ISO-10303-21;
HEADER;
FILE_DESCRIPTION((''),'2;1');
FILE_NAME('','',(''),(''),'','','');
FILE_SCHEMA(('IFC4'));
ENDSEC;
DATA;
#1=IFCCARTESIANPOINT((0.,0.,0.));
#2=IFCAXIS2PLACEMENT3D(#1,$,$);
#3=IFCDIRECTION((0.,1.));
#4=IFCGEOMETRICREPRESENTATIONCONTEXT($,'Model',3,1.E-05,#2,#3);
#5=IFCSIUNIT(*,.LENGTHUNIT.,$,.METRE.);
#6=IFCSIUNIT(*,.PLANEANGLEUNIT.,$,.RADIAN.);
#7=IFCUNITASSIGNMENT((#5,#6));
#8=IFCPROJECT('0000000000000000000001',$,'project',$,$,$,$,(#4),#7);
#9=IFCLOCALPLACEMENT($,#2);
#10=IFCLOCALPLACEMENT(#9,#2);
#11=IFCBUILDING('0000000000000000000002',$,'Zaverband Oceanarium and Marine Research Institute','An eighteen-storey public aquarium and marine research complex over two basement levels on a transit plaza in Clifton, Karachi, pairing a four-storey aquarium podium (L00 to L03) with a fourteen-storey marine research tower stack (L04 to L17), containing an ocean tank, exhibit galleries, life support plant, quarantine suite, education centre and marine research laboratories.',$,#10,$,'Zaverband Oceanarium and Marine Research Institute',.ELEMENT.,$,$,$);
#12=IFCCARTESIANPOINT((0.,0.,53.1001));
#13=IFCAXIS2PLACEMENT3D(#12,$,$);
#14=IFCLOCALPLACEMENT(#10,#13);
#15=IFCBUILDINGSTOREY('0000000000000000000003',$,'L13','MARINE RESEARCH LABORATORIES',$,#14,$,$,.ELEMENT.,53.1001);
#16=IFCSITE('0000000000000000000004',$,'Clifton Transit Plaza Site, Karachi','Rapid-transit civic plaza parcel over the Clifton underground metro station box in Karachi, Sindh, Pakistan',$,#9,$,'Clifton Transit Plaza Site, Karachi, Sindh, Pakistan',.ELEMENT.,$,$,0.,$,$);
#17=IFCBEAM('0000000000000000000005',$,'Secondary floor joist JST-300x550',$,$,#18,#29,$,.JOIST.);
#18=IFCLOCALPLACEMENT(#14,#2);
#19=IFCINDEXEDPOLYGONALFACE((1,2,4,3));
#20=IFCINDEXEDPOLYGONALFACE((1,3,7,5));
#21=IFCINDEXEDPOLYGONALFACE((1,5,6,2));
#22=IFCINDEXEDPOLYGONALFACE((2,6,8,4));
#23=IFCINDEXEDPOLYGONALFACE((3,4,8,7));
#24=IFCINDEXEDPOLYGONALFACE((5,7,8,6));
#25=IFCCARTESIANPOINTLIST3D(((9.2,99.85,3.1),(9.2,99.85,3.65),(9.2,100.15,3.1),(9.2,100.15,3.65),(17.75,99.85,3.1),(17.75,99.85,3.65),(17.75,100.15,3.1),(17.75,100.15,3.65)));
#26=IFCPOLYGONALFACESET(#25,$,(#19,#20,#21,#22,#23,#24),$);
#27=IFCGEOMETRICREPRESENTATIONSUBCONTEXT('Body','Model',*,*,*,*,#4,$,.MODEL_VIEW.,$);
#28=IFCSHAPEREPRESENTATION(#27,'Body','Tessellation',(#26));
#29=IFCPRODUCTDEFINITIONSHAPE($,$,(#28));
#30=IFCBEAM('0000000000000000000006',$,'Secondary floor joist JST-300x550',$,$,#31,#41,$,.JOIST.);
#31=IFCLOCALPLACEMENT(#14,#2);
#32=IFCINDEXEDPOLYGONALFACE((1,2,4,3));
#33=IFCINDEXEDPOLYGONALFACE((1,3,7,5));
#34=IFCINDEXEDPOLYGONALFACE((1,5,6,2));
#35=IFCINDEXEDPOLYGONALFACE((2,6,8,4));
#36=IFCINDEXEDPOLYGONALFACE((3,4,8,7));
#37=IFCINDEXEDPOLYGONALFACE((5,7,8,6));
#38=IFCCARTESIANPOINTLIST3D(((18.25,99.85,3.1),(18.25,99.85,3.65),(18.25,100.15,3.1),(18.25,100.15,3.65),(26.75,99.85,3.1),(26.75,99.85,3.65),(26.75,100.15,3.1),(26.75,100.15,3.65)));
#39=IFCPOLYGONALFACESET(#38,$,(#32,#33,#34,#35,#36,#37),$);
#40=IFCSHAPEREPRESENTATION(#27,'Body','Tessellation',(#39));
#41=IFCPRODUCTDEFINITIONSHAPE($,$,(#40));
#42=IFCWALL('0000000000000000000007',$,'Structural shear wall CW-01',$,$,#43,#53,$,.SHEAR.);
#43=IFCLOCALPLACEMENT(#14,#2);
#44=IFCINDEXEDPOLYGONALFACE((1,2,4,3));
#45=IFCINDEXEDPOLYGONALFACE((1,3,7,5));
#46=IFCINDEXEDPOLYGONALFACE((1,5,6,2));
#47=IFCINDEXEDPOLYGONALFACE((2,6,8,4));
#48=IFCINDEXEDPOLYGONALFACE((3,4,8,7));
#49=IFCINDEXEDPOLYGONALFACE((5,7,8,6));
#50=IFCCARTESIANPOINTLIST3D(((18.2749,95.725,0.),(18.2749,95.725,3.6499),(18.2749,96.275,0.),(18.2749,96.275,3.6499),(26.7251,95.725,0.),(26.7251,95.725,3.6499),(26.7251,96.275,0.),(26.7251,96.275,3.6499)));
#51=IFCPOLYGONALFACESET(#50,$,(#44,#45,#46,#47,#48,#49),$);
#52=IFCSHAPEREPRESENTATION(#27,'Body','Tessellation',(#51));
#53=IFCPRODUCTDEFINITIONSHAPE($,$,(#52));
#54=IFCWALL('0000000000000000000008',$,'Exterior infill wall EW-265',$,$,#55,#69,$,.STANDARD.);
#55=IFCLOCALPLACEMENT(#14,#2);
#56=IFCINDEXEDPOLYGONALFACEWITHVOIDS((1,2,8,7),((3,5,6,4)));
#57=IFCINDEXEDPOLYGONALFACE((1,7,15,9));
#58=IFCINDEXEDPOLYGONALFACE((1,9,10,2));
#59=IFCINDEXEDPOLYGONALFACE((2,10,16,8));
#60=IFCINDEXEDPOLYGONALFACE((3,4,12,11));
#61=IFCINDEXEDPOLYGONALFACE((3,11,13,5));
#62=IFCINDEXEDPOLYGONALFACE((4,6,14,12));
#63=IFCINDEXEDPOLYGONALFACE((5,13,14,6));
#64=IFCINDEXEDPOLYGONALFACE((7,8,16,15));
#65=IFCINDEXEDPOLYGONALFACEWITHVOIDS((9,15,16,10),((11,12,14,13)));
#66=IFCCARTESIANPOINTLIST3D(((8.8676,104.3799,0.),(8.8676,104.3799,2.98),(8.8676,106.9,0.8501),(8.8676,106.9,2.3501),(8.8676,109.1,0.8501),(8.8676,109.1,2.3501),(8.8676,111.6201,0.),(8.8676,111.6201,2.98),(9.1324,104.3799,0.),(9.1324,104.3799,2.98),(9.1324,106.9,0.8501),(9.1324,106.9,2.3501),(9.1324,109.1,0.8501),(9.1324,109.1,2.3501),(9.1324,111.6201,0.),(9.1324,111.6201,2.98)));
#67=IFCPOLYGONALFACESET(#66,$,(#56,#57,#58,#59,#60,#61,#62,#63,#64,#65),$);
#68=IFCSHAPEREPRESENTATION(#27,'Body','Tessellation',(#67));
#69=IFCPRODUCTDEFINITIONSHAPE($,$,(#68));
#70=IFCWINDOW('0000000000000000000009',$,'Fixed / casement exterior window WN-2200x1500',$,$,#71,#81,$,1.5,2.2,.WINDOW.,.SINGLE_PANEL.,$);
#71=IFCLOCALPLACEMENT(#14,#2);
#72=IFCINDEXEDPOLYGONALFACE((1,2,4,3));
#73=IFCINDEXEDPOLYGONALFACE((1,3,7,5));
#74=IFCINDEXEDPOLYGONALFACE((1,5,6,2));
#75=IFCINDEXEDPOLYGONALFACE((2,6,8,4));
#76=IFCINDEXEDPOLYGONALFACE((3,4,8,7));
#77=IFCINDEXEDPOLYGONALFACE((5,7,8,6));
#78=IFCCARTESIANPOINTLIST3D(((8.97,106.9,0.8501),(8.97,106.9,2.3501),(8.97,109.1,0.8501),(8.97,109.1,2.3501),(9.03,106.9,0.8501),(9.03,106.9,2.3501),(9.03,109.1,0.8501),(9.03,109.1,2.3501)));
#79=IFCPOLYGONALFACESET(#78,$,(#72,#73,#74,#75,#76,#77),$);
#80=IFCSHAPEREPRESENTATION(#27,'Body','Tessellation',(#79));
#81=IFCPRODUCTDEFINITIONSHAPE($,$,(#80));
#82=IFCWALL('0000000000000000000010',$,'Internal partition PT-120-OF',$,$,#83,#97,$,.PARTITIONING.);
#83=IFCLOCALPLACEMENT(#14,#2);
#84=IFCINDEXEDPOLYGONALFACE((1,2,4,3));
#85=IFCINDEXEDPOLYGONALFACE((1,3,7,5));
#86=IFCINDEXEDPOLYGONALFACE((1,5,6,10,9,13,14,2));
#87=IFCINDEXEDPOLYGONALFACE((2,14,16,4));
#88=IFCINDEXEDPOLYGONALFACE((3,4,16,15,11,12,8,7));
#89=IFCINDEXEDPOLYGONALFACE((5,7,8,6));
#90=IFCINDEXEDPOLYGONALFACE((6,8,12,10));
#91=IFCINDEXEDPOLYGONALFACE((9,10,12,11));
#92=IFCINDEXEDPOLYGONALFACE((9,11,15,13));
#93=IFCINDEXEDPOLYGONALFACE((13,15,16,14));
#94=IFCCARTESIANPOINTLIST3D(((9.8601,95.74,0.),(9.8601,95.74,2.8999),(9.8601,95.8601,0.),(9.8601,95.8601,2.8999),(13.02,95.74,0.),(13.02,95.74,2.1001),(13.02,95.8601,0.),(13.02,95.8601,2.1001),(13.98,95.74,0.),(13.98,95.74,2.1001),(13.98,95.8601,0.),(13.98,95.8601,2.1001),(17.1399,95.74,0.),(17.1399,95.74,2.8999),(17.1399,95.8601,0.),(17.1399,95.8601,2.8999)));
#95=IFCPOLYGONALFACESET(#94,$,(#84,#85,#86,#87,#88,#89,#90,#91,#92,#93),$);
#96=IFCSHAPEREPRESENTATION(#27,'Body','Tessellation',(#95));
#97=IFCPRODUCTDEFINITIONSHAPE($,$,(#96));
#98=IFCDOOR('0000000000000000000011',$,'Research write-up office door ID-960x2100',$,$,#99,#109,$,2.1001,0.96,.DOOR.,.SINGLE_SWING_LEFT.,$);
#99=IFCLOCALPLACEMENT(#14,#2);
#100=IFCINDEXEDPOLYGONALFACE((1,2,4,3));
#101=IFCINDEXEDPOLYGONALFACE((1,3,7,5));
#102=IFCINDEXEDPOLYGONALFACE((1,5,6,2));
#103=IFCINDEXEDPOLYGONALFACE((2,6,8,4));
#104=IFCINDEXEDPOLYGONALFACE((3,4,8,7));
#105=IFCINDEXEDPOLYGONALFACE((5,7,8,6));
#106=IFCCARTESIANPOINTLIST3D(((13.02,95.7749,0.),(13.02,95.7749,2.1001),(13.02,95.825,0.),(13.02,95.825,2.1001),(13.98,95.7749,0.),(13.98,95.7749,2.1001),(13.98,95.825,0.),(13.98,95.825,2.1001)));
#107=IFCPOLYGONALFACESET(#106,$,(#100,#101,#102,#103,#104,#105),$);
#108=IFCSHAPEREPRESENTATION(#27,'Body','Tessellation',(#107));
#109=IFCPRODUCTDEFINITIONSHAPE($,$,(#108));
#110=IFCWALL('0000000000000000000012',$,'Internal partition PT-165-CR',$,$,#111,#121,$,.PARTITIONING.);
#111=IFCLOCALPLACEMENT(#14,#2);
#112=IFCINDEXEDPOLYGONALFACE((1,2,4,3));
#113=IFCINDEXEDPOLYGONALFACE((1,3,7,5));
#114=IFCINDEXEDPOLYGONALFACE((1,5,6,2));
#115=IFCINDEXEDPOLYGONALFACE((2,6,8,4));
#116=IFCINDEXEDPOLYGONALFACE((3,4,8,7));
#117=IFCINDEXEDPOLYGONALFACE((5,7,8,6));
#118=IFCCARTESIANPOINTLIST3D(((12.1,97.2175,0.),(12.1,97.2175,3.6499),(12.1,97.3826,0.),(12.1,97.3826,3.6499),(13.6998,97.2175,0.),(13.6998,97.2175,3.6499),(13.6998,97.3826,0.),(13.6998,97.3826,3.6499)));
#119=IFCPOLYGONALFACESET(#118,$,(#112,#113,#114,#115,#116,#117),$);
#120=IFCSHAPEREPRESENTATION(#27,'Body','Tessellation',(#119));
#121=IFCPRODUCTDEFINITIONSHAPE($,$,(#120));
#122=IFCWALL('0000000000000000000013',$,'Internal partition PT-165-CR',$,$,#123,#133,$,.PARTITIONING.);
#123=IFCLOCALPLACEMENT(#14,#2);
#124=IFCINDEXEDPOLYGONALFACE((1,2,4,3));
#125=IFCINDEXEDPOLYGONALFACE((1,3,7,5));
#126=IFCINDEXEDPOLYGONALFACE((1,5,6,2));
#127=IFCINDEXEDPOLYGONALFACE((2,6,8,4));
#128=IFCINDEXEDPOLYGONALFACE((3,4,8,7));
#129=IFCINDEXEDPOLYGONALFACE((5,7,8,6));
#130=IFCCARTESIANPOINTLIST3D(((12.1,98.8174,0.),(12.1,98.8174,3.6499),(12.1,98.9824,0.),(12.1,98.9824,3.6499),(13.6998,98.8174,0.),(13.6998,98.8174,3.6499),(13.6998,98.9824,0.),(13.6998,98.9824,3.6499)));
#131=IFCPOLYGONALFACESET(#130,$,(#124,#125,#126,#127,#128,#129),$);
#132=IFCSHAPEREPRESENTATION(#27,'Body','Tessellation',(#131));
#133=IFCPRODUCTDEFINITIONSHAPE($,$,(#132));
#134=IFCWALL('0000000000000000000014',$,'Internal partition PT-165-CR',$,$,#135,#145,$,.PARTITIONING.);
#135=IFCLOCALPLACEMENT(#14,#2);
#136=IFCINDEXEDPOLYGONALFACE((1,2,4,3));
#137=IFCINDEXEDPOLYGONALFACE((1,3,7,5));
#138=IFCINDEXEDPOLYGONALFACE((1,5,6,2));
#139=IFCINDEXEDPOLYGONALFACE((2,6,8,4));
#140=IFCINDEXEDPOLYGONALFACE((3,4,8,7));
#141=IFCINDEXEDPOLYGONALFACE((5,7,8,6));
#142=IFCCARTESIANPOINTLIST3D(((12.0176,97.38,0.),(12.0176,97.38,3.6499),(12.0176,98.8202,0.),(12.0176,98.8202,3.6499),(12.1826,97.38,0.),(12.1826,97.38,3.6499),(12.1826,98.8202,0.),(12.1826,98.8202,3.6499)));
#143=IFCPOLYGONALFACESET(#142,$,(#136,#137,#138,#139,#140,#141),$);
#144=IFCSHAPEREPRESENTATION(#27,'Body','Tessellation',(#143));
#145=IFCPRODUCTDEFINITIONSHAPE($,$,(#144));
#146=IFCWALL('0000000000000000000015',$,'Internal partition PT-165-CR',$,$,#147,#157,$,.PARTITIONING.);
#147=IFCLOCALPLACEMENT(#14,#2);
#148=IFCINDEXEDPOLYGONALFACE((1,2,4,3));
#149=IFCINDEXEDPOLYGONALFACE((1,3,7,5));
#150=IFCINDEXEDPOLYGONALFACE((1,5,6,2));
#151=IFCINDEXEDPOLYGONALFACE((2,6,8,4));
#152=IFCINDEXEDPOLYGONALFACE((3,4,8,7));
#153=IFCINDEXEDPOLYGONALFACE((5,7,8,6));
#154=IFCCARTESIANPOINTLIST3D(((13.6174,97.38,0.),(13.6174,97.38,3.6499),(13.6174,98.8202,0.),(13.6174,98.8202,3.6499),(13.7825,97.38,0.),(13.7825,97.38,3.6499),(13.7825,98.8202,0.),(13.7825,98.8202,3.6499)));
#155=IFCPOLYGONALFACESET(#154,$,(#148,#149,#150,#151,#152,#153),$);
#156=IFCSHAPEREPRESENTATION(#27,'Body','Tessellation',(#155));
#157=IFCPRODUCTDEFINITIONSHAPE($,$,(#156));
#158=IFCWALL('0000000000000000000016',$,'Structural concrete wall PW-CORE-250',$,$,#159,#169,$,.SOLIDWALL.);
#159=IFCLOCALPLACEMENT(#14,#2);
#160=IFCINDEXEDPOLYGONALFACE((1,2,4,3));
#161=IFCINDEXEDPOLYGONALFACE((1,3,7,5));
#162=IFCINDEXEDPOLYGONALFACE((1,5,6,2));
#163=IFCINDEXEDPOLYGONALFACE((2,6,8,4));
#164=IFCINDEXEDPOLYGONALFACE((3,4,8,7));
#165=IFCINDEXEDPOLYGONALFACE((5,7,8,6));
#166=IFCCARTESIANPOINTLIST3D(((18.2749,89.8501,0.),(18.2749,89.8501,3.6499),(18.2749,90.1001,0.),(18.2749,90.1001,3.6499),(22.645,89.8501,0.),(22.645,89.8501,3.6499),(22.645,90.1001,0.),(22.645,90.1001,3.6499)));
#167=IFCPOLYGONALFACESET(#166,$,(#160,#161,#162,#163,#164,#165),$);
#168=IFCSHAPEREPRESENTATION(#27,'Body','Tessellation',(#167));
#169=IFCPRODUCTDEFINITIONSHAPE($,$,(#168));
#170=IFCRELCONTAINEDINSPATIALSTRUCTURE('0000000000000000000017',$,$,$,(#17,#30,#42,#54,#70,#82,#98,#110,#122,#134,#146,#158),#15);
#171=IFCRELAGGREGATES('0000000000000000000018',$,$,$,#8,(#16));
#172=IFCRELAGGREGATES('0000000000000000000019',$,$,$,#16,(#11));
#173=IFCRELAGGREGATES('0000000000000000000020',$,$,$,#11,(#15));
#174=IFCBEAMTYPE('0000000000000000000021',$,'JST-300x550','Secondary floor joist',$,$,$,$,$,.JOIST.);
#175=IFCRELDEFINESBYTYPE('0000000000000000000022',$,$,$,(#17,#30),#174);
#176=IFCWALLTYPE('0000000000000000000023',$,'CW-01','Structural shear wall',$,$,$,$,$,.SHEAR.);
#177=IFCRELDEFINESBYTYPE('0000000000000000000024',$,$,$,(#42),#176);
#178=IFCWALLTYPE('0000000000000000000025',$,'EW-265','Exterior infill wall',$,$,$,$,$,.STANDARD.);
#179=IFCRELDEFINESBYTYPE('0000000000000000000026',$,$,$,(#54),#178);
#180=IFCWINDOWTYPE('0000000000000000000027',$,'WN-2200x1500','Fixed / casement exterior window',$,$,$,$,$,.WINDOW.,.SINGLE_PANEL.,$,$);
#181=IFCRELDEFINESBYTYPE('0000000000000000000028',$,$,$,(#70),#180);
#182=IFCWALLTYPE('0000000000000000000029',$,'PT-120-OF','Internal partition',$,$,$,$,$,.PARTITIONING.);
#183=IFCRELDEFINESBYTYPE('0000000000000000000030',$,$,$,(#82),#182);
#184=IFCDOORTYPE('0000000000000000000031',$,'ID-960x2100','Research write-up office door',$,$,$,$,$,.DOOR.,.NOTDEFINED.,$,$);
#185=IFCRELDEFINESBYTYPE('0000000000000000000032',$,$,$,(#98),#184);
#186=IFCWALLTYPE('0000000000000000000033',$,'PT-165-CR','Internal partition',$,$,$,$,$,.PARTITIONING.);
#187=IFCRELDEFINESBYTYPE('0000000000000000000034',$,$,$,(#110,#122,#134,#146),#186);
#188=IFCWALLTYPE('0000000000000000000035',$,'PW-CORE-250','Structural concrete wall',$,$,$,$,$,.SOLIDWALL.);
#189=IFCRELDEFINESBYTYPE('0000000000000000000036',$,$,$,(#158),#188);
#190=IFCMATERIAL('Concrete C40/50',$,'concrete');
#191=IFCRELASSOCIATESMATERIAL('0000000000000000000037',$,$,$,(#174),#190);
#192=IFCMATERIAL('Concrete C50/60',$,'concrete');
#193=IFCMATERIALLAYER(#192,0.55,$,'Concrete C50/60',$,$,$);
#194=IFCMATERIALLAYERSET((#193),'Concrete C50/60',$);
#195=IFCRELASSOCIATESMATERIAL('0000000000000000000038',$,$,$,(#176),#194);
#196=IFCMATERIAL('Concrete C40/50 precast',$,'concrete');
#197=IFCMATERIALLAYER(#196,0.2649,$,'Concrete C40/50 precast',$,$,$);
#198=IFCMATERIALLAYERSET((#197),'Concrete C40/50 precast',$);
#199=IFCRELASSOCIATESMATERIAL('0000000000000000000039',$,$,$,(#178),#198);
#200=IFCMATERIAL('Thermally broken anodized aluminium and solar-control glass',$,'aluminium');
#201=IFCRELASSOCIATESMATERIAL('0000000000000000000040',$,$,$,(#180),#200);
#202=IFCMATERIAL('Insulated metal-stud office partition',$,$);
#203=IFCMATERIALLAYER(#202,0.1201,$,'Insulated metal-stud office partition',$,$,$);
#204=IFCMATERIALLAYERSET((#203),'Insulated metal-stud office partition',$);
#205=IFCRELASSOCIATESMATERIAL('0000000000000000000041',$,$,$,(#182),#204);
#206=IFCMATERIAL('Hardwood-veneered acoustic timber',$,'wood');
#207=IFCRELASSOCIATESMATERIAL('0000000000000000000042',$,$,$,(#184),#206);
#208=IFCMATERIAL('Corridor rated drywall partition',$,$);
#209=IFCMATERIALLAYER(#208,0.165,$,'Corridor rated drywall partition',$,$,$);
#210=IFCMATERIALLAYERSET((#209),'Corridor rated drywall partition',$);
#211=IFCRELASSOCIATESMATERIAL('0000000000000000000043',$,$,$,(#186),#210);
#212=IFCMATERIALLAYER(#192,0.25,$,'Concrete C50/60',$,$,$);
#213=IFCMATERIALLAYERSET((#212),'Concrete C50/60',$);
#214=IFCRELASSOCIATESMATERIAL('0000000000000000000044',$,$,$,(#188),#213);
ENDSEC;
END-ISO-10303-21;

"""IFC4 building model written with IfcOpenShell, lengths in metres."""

from ifc_helpers import new_model, si_unit, direction, frame, frame_2d, origin, origin_2d, place, context, subcontext, project, spatial, rectangle, extrude, material, layer, layer_set, material_profile, profile_set, type_object, element, fill, save


model = new_model("IFC4")

# Units and contexts
model_context = context("Model", 3, precision=1e-05, world=origin(), true_north=direction((0.0, 1.0)))
body_context = subcontext(model_context, "Body", "Model", "MODEL_VIEW")
ifc_project = project(units=[si_unit("LENGTHUNIT", "METRE"), si_unit("PLANEANGLEUNIT", "RADIAN")], contexts=[model_context])

# Site, building, storey
site_placement = place(None, origin())
site = spatial("IfcSite", under=ifc_project, at=site_placement, Name="Clifton Transit Plaza Site, Karachi", Description="Rapid-transit civic plaza parcel over the Clifton underground metro station box in Karachi, Sindh, Pakistan", LongName="Clifton Transit Plaza Site, Karachi, Sindh, Pakistan", CompositionType="ELEMENT", RefElevation=0.0)
building_placement = place(site_placement, origin())
building = spatial("IfcBuilding", under=site, at=building_placement, Name="Zaverband Oceanarium and Marine Research Institute", Description="An eighteen-storey public aquarium and marine research complex over two basement levels on a transit plaza in Clifton, Karachi, pairing a four-storey aquarium podium (L00 to L03) with a fourteen-storey marine research tower stack (L04 to L17), containing an ocean tank, exhibit galleries, life support plant, quarantine suite, education centre and marine research laboratories.", LongName="Zaverband Oceanarium and Marine Research Institute", CompositionType="ELEMENT")
storey_placement = place(building_placement, frame((0.0, 0.0, 53.1001)))
storey = spatial("IfcBuildingStorey", under=building, at=storey_placement, Name="L13", Description="MARINE RESEARCH LABORATORIES", CompositionType="ELEMENT", Elevation=53.1001)

# Shared definitions
ifc_material_1 = material(Name="Concrete C50/60", Category="concrete")

# Shared definitions
ifc_material_2 = material(Name="Concrete C40/50", Category="concrete")

# Beams
ifc_material_profile_1 = material_profile(ifc_material_2, rectangle(XDim=0.3, YDim=0.55, at=origin_2d()), Name="RC300x550")
ifc_profile_set_1 = profile_set([ifc_material_profile_1], Name="Concrete C40/50")
beam_type_1 = type_object("IfcBeamType", Name="JST-300x550", Description="Secondary floor joist", PredefinedType="JOIST", material=ifc_profile_set_1)
for number, where, z_axis, x_axis, name in (
    (1, (9.2, 100.0, 3.375), (1.0, 0.0, 0.0), (0.0, 1.0, 0.0), "Secondary floor joist JST-300x550"),
):
    element("IfcBeam", number, at=place(storey_placement, frame(where, z_axis=z_axis, x_axis=x_axis)), inside=storey, type_object=beam_type_1, Name=name, PredefinedType="JOIST", context=body_context, shape_type="SweptSolid", body=[
        extrude(rectangle(XDim=0.3, YDim=0.55, at=origin_2d()), origin(), (0.0, 0.0, 1.0), 8.55),
    ])
beam_placement = place(storey_placement, frame((18.25, 100.0, 3.375), z_axis=(1.0, 0.0, 0.0), x_axis=(0.0, 1.0, 0.0)))
element("IfcBeam", 2, at=beam_placement, inside=storey, type_object=beam_type_1, Name="Secondary floor joist JST-300x550", PredefinedType="JOIST", context=body_context, shape_type="SweptSolid", body=[
    extrude(rectangle(XDim=0.3, YDim=0.55, at=origin_2d()), origin(), (0.0, 0.0, 1.0), 8.5),
])

# Wall
ifc_layer_1 = layer(ifc_material_1, 0.55, Name="Concrete C50/60")
ifc_layer_set_1 = layer_set([ifc_layer_1], Name="Concrete C50/60")
wall_type_1 = type_object("IfcWallType", Name="CW-01", Description="Structural shear wall", PredefinedType="SHEAR", material=ifc_layer_set_1)
wall_1_placement = place(storey_placement, frame((18.2749, 96.0, 0.0), z_axis=(0.0, 0.0, 1.0), x_axis=(1.0, 0.0, 0.0)))
element("IfcWall", 3, at=wall_1_placement, inside=storey, type_object=wall_type_1, Name="Structural shear wall CW-01", PredefinedType="SHEAR", context=body_context, shape_type="SweptSolid", body=[
    extrude(rectangle(XDim=8.4502, YDim=0.55, at=frame_2d((4.2251, 0.0))), origin(), (0.0, 0.0, 1.0), 3.6499),
])

# Wall, opening, window
ifc_material_3 = material(Name="Concrete C40/50 precast", Category="concrete")
ifc_layer_2 = layer(ifc_material_3, 0.2649, Name="Concrete C40/50 precast")
ifc_layer_set_2 = layer_set([ifc_layer_2], Name="Concrete C40/50 precast")
wall_type_2 = type_object("IfcWallType", Name="EW-265", Description="Exterior infill wall", PredefinedType="STANDARD", material=ifc_layer_set_2)
wall_2_placement = place(storey_placement, frame((9.0, 104.3799, 0.0), z_axis=(0.0, 0.0, 1.0), x_axis=(0.0, 1.0, 0.0)))
wall_2 = element("IfcWall", 4, at=wall_2_placement, inside=storey, type_object=wall_type_2, Name="Exterior infill wall EW-265", PredefinedType="STANDARD", context=body_context, shape_type="SweptSolid", body=[
    extrude(rectangle(XDim=7.2402, YDim=0.2649, at=frame_2d((3.6201, 0.0))), origin(), (0.0, 0.0, 1.0), 2.98),
])
opening_1_placement = place(wall_2_placement, frame((2.52, 0.0, 0.8501)))
opening_1 = element("IfcOpeningElement", 5, at=opening_1_placement, cuts=wall_2, PredefinedType="OPENING", context=body_context, shape_type="SweptSolid", body=[
    extrude(rectangle(XDim=2.2, YDim=1.5, at=frame_2d((1.1001, 0.75))), frame((0.0, 0.1445, 0.0), z_axis=(0.0, -1.0, 0.0), x_axis=(1.0, 0.0, 0.0)), (0.0, 0.0, 1.0), 0.2888),
])
ifc_material_4 = material(Name="Thermally broken anodized aluminium and solar-control glass", Category="aluminium")
window_type = type_object("IfcWindowType", Name="WN-2200x1500", Description="Fixed / casement exterior window", PartitioningType="SINGLE_PANEL", PredefinedType="WINDOW", material=ifc_material_4)
window_placement = place(opening_1_placement, origin())
window = element("IfcWindow", 6, at=window_placement, inside=storey, type_object=window_type, Name="Fixed / casement exterior window WN-2200x1500", OverallHeight=1.5, OverallWidth=2.2, PartitioningType="SINGLE_PANEL", PredefinedType="WINDOW", context=body_context, shape_type="SweptSolid", body=[
    extrude(rectangle(XDim=2.2, YDim=1.5, at=frame_2d((1.1001, 0.75))), frame((0.0, 0.03, 0.0), z_axis=(0.0, -1.0, 0.0), x_axis=(1.0, 0.0, 0.0)), (0.0, 0.0, 1.0), 0.0601),
])
fill(opening_1, window)

# Wall, opening, door
ifc_material_5 = material(Name="Insulated metal-stud office partition")
ifc_layer_3 = layer(ifc_material_5, 0.1201, Name="Insulated metal-stud office partition")
ifc_layer_set_3 = layer_set([ifc_layer_3], Name="Insulated metal-stud office partition")
wall_type_3 = type_object("IfcWallType", Name="PT-120-OF", Description="Internal partition", PredefinedType="PARTITIONING", material=ifc_layer_set_3)
wall_3_placement = place(storey_placement, frame((9.8601, 95.8, 0.0), z_axis=(0.0, 0.0, 1.0), x_axis=(1.0, 0.0, 0.0)))
wall_3 = element("IfcWall", 7, at=wall_3_placement, inside=storey, type_object=wall_type_3, Name="Internal partition PT-120-OF", PredefinedType="PARTITIONING", context=body_context, shape_type="SweptSolid", body=[
    extrude(rectangle(XDim=7.2798, YDim=0.1201, at=frame_2d((3.6399, 0.0))), origin(), (0.0, 0.0, 1.0), 2.8999),
])
opening_2_placement = place(wall_3_placement, frame((3.1599, 0.0, 0.0)))
opening_2 = element("IfcOpeningElement", 8, at=opening_2_placement, cuts=wall_3, PredefinedType="OPENING", context=body_context, shape_type="SweptSolid", body=[
    extrude(rectangle(XDim=0.96, YDim=2.1001, at=frame_2d((0.48, 1.05))), frame((0.0, 0.072, 0.0), z_axis=(0.0, -1.0, 0.0), x_axis=(1.0, 0.0, 0.0)), (0.0, 0.0, 1.0), 0.144),
])
ifc_material_6 = material(Name="Hardwood-veneered acoustic timber", Category="wood")
door_type = type_object("IfcDoorType", Name="ID-960x2100", Description="Research write-up office door", OperationType="NOTDEFINED", PredefinedType="DOOR", material=ifc_material_6)
door_placement = place(opening_2_placement, origin())
door = element("IfcDoor", 9, at=door_placement, inside=storey, type_object=door_type, Name="Research write-up office door ID-960x2100", OperationType="SINGLE_SWING_LEFT", OverallHeight=2.1001, OverallWidth=0.96, PredefinedType="DOOR", context=body_context, shape_type="SweptSolid", body=[
    extrude(rectangle(XDim=0.96, YDim=2.1001, at=frame_2d((0.48, 1.05))), frame((0.0, 0.0249, 0.0), z_axis=(0.0, -1.0, 0.0), x_axis=(1.0, 0.0, 0.0)), (0.0, 0.0, 1.0), 0.05),
])
fill(opening_2, door)

# Walls
ifc_material_7 = material(Name="Corridor rated drywall partition")
ifc_layer_4 = layer(ifc_material_7, 0.165, Name="Corridor rated drywall partition")
ifc_layer_set_4 = layer_set([ifc_layer_4], Name="Corridor rated drywall partition")
wall_type_4 = type_object("IfcWallType", Name="PT-165-CR", Description="Internal partition", PredefinedType="PARTITIONING", material=ifc_layer_set_4)
for number, where, z_axis, x_axis, name in (
    (10, (12.1001, 97.3, 0.0), (0.0, 0.0, 1.0), (1.0, 0.0, 0.0), "Internal partition PT-165-CR"),
    (11, (12.1001, 98.8999, 0.0), (0.0, 0.0, 1.0), (1.0, 0.0, 0.0), "Internal partition PT-165-CR"),
):
    element("IfcWall", number, at=place(storey_placement, frame(where, z_axis=z_axis, x_axis=x_axis)), inside=storey, type_object=wall_type_4, Name=name, PredefinedType="PARTITIONING", context=body_context, shape_type="SweptSolid", body=[
        extrude(rectangle(XDim=1.5999, YDim=0.165, at=frame_2d((0.7998, 0.0))), origin(), (0.0, 0.0, 1.0), 3.6499),
    ])
for number, where, z_axis, x_axis, name in (
    (12, (12.1001, 97.3799, 0.0), (0.0, 0.0, 1.0), (0.0, 1.0, 0.0), "Internal partition PT-165-CR"),
    (13, (13.7, 97.3799, 0.0), (0.0, 0.0, 1.0), (0.0, 1.0, 0.0), "Internal partition PT-165-CR"),
):
    element("IfcWall", number, at=place(storey_placement, frame(where, z_axis=z_axis, x_axis=x_axis)), inside=storey, type_object=wall_type_4, Name=name, PredefinedType="PARTITIONING", context=body_context, shape_type="SweptSolid", body=[
        extrude(rectangle(XDim=1.4402, YDim=0.165, at=frame_2d((0.7202, 0.0))), origin(), (0.0, 0.0, 1.0), 3.6499),
    ])
ifc_layer_5 = layer(ifc_material_1, 0.25, Name="Concrete C50/60")
ifc_layer_set_5 = layer_set([ifc_layer_5], Name="Concrete C50/60")
wall_type_5 = type_object("IfcWallType", Name="PW-CORE-250", Description="Structural concrete wall", PredefinedType="SOLIDWALL", material=ifc_layer_set_5)
wall_4_placement = place(storey_placement, frame((18.2749, 89.9751, 0.0), z_axis=(0.0, 0.0, 1.0), x_axis=(1.0, 0.0, 0.0)))
element("IfcWall", 14, at=wall_4_placement, inside=storey, type_object=wall_type_5, Name="Structural concrete wall PW-CORE-250", PredefinedType="SOLIDWALL", context=body_context, shape_type="SweptSolid", body=[
    extrude(rectangle(XDim=4.3701, YDim=0.25, at=frame_2d((2.1851, 0.0))), origin(), (0.0, 0.0, 1.0), 3.6499),
])

save(model, "model.ifc")
